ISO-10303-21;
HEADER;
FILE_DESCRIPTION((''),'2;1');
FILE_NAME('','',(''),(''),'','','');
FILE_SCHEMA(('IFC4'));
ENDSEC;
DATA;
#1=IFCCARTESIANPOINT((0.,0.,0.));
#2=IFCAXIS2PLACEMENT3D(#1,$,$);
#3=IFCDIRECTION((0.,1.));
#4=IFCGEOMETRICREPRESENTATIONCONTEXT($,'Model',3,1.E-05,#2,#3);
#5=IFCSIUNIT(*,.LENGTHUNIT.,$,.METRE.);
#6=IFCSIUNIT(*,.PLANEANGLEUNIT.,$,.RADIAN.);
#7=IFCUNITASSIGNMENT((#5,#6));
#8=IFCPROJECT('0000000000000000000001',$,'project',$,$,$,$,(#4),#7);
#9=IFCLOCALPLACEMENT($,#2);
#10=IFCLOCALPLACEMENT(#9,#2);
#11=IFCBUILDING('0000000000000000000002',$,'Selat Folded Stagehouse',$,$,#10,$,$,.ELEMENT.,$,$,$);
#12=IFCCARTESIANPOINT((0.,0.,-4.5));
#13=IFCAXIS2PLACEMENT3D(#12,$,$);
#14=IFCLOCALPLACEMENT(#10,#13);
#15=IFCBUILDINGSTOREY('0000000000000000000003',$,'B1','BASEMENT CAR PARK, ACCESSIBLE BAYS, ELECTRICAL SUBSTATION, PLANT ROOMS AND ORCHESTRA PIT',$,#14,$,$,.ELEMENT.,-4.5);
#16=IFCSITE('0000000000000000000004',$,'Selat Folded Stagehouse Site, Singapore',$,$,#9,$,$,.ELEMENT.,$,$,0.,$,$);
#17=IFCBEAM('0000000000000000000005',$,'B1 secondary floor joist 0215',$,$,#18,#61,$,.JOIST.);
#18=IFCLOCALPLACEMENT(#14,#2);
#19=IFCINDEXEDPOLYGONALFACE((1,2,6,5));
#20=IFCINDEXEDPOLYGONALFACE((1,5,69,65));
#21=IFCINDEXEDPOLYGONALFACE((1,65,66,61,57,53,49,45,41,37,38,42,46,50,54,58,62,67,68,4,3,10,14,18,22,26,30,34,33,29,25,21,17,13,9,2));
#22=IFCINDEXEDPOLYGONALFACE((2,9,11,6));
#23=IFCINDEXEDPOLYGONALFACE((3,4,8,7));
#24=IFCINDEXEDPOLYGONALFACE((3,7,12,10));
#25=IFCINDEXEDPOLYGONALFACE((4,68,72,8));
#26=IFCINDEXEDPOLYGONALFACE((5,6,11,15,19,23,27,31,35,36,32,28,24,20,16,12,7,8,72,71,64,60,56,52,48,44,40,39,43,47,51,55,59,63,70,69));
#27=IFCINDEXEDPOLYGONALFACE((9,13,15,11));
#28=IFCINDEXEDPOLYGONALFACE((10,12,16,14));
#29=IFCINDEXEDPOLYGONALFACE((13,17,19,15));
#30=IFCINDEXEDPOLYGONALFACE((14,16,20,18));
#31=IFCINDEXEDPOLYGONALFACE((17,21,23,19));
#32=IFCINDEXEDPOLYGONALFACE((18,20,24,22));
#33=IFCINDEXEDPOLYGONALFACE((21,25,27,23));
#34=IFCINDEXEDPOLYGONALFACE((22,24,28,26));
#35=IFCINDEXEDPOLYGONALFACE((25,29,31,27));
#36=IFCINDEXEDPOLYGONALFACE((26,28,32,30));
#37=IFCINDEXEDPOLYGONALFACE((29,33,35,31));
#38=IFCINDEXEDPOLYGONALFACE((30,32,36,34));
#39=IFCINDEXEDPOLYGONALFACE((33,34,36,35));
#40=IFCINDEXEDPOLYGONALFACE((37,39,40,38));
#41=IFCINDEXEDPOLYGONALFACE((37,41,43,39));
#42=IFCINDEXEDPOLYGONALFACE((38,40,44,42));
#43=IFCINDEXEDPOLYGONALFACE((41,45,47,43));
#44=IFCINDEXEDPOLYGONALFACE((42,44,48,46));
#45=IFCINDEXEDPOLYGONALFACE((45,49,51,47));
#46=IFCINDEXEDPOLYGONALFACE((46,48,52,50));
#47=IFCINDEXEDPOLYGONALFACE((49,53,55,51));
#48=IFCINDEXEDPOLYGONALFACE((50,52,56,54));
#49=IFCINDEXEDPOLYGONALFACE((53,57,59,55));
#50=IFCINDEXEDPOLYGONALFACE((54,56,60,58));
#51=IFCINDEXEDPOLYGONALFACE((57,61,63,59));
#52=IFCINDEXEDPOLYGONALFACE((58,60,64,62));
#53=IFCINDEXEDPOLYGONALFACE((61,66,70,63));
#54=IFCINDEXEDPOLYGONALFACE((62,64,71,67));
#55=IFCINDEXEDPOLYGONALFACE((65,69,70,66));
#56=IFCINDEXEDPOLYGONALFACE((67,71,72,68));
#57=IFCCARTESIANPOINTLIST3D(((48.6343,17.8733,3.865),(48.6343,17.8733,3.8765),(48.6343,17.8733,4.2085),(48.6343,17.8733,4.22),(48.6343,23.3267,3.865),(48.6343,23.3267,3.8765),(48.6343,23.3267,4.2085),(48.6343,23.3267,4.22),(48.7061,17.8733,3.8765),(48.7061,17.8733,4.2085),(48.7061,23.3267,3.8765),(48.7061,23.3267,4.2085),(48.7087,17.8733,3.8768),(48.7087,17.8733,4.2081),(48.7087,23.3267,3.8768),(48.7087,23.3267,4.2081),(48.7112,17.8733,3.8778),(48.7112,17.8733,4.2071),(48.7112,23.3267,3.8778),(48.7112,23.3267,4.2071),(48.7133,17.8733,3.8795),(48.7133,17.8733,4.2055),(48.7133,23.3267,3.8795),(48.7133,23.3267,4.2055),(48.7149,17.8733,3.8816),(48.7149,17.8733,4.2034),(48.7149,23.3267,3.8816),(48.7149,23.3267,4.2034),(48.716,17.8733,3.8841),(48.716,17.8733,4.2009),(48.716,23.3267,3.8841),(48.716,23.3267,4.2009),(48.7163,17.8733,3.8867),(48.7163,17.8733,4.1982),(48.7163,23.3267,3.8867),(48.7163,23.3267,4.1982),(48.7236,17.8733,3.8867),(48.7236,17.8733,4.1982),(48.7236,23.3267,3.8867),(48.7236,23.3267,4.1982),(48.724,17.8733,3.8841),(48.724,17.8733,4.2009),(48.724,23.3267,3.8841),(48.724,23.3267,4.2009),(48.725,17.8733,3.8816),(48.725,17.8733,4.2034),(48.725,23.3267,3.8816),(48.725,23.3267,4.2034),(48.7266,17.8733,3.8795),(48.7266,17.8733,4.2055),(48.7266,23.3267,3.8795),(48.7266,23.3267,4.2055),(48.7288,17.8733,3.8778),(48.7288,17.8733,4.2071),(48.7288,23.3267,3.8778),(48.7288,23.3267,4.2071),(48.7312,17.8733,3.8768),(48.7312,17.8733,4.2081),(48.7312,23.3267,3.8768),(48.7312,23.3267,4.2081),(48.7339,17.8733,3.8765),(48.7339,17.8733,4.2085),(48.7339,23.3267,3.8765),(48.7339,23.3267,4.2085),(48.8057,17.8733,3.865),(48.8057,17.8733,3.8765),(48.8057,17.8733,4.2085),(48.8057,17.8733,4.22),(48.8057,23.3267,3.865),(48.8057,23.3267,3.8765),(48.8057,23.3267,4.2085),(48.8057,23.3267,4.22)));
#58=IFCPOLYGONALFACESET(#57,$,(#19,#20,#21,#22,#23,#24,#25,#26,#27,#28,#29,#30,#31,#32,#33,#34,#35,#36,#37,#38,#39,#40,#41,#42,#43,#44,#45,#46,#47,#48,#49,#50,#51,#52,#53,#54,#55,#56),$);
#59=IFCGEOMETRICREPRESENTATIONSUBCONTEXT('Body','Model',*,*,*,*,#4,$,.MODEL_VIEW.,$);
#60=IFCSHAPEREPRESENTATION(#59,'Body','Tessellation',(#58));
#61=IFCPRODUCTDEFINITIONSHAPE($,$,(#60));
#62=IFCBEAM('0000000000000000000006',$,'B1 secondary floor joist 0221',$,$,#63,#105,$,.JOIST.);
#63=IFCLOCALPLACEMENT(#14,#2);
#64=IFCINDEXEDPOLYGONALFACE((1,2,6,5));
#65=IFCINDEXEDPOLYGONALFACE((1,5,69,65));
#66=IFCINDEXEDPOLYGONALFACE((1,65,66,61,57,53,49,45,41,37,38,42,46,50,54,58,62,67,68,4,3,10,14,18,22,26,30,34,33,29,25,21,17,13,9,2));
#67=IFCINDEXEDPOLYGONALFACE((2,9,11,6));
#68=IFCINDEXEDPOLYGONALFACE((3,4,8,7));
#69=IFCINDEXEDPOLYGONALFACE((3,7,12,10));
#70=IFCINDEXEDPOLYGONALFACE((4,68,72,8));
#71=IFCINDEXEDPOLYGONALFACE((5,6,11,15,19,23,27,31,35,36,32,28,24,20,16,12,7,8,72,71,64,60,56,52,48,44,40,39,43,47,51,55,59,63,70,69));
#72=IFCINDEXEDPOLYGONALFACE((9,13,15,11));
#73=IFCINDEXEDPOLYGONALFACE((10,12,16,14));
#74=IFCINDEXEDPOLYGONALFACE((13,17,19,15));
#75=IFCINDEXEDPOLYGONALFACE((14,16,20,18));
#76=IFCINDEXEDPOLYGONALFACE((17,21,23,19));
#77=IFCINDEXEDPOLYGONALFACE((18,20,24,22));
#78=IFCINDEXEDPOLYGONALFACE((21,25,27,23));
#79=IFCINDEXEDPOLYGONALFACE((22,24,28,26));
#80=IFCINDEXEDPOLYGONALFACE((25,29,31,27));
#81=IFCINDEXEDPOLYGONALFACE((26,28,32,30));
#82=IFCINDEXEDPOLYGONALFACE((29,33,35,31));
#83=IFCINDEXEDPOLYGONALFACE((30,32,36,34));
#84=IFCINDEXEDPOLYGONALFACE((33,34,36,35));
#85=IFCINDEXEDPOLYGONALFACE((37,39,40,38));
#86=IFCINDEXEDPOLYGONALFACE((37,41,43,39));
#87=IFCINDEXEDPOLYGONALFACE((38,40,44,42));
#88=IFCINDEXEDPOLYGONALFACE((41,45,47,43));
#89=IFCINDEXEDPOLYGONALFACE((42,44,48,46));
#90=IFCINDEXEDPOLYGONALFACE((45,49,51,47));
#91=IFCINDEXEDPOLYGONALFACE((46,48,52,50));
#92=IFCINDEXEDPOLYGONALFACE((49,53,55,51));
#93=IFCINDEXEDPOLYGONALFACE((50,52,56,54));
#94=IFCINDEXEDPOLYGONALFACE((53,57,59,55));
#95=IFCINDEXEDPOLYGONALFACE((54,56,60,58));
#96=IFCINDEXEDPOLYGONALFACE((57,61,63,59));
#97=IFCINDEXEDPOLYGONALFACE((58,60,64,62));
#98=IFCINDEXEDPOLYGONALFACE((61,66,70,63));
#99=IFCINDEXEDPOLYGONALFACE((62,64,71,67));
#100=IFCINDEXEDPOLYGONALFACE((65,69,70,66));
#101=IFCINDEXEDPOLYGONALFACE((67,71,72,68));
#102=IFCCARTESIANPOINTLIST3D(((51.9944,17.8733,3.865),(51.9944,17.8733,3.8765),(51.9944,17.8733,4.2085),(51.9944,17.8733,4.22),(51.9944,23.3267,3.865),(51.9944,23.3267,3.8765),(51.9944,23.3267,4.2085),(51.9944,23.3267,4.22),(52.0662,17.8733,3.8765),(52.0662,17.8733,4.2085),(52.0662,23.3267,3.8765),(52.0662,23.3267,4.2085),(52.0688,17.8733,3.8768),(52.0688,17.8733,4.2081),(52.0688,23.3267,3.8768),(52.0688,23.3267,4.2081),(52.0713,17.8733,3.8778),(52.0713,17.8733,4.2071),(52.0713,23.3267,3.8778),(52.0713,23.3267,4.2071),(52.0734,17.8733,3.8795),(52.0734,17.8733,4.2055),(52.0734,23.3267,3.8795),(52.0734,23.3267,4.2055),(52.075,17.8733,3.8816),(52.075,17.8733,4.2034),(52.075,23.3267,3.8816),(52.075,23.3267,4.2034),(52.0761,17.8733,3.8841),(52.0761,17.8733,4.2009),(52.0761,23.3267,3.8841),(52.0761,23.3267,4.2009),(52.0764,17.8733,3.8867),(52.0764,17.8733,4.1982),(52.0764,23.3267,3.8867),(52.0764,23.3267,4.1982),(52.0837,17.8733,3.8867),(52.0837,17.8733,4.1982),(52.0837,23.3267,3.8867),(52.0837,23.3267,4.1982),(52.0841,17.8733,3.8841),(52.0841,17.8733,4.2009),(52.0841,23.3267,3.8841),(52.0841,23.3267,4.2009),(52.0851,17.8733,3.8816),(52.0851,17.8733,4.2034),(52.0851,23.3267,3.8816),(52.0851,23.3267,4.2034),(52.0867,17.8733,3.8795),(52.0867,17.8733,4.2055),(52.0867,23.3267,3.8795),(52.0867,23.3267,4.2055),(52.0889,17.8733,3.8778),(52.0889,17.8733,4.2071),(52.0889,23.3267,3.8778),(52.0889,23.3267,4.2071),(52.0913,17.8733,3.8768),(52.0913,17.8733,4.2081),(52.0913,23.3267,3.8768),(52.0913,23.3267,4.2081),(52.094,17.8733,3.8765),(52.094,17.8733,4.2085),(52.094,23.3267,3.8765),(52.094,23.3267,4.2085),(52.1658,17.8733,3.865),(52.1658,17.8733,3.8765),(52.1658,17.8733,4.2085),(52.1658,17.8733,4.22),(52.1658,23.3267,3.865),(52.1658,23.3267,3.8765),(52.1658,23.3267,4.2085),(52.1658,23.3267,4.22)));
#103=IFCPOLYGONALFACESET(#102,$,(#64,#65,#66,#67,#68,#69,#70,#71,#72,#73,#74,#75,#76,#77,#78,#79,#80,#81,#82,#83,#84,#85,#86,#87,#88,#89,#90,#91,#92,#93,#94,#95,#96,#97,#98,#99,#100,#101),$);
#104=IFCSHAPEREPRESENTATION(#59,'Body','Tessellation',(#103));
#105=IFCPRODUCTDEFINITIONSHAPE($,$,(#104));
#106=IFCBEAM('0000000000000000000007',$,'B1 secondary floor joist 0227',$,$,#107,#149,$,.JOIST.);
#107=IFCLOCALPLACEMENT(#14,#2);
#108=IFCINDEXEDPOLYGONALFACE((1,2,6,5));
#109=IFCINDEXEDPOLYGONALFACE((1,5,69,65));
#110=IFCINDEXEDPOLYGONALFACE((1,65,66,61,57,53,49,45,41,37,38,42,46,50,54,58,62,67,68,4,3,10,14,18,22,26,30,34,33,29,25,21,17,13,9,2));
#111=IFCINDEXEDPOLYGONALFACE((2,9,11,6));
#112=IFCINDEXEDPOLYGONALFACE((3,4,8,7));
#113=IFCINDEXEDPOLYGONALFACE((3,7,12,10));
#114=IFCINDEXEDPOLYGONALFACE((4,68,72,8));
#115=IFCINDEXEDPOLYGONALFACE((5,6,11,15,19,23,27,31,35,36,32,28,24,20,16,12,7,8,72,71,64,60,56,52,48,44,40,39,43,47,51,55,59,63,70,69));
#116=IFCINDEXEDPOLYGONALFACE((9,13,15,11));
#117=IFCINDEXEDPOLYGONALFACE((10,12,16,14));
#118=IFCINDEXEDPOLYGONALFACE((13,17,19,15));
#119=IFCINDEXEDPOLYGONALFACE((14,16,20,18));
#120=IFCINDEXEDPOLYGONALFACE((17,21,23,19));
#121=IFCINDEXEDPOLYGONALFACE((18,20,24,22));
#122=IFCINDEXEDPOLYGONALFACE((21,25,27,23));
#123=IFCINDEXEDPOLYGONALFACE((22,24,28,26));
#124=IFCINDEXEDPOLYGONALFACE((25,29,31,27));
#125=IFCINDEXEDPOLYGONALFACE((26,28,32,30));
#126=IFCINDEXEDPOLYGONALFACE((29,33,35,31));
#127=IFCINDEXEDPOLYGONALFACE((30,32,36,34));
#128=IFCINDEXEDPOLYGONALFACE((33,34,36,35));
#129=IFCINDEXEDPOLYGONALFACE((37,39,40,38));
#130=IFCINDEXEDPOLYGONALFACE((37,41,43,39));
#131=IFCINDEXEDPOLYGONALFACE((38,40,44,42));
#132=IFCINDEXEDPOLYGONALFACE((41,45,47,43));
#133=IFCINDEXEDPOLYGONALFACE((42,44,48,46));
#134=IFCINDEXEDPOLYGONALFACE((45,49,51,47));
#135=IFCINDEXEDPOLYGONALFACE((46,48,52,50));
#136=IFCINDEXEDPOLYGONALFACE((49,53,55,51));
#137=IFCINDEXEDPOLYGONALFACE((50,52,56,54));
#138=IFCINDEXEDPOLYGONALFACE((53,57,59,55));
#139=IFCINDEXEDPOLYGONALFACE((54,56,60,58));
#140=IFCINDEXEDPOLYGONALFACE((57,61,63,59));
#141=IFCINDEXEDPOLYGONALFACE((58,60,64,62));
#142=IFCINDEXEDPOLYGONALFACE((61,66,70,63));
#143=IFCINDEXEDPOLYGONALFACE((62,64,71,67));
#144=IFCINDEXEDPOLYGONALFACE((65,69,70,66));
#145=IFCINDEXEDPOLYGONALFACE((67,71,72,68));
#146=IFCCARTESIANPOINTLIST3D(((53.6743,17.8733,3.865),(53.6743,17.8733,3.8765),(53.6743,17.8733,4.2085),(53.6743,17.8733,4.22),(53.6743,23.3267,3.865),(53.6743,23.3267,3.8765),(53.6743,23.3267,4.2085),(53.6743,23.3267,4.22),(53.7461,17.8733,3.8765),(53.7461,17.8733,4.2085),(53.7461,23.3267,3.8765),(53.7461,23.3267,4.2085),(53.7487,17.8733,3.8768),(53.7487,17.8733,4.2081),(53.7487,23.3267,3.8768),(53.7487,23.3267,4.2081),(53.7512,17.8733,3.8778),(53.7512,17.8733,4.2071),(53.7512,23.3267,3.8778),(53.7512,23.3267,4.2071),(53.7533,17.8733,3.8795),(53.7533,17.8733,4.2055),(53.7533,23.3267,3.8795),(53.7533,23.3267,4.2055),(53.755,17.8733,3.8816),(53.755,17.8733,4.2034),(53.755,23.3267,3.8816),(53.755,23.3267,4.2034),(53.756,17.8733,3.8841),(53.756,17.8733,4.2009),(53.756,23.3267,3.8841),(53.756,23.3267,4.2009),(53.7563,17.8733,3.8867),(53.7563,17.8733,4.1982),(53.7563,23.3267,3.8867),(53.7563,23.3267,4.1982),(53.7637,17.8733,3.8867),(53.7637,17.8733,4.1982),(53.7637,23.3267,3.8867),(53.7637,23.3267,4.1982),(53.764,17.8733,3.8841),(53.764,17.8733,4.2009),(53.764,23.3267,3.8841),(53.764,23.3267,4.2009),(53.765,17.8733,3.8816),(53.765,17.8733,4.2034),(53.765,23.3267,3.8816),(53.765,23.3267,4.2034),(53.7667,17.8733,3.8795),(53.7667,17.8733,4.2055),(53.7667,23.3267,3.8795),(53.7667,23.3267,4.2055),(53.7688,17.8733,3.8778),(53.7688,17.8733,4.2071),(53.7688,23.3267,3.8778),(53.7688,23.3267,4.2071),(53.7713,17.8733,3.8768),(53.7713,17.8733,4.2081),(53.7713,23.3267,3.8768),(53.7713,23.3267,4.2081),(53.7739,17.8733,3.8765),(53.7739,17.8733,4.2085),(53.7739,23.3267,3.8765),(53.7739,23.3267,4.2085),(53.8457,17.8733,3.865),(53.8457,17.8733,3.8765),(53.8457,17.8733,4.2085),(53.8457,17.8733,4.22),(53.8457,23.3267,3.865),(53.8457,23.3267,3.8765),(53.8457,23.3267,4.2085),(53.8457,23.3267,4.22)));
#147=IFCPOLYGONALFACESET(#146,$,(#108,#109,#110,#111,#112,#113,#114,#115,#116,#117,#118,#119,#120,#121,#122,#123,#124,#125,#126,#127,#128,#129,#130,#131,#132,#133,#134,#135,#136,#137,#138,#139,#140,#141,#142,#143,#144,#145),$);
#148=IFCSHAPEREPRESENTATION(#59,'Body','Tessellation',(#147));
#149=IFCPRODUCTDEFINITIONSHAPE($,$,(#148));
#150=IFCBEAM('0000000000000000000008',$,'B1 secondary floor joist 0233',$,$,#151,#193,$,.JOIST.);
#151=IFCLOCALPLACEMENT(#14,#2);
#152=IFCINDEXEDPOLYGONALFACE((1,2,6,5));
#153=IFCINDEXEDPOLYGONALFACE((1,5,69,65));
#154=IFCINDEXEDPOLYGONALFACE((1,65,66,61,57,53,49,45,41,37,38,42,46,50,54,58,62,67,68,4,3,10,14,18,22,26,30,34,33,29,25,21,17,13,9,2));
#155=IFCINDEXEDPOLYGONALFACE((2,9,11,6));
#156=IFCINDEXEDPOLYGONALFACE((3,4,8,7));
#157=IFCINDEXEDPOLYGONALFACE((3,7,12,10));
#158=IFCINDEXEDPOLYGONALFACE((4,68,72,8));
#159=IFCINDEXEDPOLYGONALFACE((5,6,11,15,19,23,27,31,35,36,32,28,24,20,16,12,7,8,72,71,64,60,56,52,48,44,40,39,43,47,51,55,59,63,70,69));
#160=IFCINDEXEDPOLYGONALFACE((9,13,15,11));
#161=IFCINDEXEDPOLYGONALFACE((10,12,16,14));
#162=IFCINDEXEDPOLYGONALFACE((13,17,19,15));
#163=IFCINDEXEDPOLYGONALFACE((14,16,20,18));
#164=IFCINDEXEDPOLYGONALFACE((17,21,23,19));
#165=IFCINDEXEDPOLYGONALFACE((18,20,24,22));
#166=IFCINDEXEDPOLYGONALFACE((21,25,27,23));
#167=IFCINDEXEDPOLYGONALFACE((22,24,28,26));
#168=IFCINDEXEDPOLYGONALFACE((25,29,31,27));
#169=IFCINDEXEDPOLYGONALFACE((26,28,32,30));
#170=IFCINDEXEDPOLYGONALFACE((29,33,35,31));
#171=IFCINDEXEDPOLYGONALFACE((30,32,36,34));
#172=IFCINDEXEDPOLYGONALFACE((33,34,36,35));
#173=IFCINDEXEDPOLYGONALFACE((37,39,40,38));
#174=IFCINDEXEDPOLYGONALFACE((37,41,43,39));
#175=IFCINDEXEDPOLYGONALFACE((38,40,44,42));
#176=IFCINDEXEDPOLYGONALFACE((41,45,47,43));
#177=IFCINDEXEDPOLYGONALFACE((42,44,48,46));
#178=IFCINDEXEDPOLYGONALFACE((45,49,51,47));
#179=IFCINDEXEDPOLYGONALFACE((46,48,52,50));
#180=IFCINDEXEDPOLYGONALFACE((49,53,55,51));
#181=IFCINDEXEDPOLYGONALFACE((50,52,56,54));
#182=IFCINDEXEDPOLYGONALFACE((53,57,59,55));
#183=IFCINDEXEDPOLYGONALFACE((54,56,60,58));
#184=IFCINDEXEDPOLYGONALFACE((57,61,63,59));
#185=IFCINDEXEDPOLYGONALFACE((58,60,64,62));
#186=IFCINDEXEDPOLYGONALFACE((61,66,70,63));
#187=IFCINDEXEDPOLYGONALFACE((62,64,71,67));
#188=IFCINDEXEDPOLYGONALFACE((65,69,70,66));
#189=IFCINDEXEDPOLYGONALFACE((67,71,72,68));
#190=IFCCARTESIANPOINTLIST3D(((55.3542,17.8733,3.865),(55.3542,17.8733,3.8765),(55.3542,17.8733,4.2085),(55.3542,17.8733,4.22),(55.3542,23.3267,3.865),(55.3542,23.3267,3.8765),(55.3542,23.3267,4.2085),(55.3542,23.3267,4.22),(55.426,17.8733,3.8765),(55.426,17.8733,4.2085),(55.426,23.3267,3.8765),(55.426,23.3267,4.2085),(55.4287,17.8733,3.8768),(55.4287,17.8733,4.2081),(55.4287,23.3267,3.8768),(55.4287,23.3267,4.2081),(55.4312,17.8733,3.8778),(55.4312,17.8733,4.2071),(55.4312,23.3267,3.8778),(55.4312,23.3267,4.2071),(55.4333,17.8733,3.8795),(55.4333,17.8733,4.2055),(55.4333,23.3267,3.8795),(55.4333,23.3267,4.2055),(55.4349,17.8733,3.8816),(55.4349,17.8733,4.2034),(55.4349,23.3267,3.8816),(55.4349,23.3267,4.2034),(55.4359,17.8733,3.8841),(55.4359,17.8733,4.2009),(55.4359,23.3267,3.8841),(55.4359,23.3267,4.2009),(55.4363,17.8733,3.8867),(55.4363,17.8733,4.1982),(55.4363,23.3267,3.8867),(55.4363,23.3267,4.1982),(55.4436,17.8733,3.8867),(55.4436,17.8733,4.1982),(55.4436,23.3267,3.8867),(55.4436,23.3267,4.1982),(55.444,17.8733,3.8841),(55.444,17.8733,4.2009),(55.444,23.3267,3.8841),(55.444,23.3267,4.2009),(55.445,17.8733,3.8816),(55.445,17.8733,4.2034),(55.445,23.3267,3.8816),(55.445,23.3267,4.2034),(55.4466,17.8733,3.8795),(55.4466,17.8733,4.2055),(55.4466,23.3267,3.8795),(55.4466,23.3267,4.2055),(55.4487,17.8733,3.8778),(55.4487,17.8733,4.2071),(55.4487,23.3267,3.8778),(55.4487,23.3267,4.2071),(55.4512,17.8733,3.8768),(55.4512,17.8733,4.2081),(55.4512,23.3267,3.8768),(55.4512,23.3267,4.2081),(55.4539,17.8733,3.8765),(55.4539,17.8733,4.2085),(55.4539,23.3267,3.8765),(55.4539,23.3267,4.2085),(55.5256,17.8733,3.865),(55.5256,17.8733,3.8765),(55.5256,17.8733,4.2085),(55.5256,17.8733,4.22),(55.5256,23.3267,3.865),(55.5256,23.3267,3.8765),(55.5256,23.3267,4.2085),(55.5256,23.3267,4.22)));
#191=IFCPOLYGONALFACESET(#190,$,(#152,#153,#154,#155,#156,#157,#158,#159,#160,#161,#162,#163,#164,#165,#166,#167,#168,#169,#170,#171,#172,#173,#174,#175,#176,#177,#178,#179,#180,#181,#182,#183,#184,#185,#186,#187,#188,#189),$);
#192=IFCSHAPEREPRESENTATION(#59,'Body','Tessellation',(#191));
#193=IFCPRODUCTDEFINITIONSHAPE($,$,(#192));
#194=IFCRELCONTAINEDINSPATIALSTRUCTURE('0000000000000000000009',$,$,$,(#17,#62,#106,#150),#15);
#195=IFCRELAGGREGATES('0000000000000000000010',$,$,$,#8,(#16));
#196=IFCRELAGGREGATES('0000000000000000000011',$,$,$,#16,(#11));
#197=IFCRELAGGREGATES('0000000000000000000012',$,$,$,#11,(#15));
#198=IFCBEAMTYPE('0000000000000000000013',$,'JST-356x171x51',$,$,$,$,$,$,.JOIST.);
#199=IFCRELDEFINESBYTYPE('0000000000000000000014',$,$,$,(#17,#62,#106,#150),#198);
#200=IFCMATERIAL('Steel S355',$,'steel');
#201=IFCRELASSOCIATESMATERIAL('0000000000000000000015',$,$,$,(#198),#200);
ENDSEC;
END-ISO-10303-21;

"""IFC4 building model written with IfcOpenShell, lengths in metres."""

from ifc_helpers import new_model, si_unit, direction, frame, origin, origin_2d, place, context, subcontext, project, spatial, i_section, extrude, material, material_profile, profile_set, type_object, element, save


model = new_model("IFC4")

# Units and contexts
model_context = context("Model", 3, precision=1e-05, world=origin(), true_north=direction((0.0, 1.0)))
body_context = subcontext(model_context, "Body", "Model", "MODEL_VIEW")
ifc_project = project(units=[si_unit("LENGTHUNIT", "METRE"), si_unit("PLANEANGLEUNIT", "RADIAN")], contexts=[model_context])

# Site, building, storey
site_placement = place(None, origin())
site = spatial("IfcSite", under=ifc_project, at=site_placement, Name="Selat Folded Stagehouse Site, Singapore", CompositionType="ELEMENT", RefElevation=0.0)
building_placement = place(site_placement, origin())
building = spatial("IfcBuilding", under=site, at=building_placement, Name="Selat Folded Stagehouse", CompositionType="ELEMENT")
storey_placement = place(building_placement, frame((0.0, 0.0, -4.5)))
storey = spatial("IfcBuildingStorey", under=building, at=storey_placement, Name="B1", Description="BASEMENT CAR PARK, ACCESSIBLE BAYS, ELECTRICAL SUBSTATION, PLANT ROOMS AND ORCHESTRA PIT", CompositionType="ELEMENT", Elevation=-4.5)

# Shared definitions
ifc_material_1 = material(Name="Steel S355", Category="steel")

# Beams
ifc_material_profile_1 = material_profile(ifc_material_1, i_section(OverallWidth=0.1714, OverallDepth=0.355, WebThickness=0.0073, FlangeThickness=0.0115, FilletRadius=0.0103, at=origin_2d()), Name="UKB 356x171x51")
ifc_profile_set_1 = profile_set([ifc_material_profile_1], Name="Steel S355")
beam_type_1 = type_object("IfcBeamType", Name="JST-356x171x51", PredefinedType="JOIST", material=ifc_profile_set_1)
for number, where, z_axis, x_axis, name in (
    (1, (48.72, 17.8733, 4.0425), (0.0, 1.0, 0.0), (-1.0, 0.0, 0.0), "B1 secondary floor joist 0215"),
    (2, (52.0801, 17.8733, 4.0425), (0.0, 1.0, 0.0), (-1.0, 0.0, 0.0), "B1 secondary floor joist 0221"),
    (3, (53.76, 17.8733, 4.0425), (0.0, 1.0, 0.0), (-1.0, 0.0, 0.0), "B1 secondary floor joist 0227"),
    (4, (55.4399, 17.8733, 4.0425), (0.0, 1.0, 0.0), (-1.0, 0.0, 0.0), "B1 secondary floor joist 0233"),
):
    element("IfcBeam", number, at=place(storey_placement, frame(where, z_axis=z_axis, x_axis=x_axis)), inside=storey, type_object=beam_type_1, Name=name, PredefinedType="JOIST", context=body_context, shape_type="SweptSolid", body=[
        extrude(i_section(OverallWidth=0.1714, OverallDepth=0.355, WebThickness=0.0073, FlangeThickness=0.0115, FilletRadius=0.0103, at=origin_2d()), origin(), (0.0, 0.0, 1.0), 5.4534),
    ])

save(model, "model.ifc")
